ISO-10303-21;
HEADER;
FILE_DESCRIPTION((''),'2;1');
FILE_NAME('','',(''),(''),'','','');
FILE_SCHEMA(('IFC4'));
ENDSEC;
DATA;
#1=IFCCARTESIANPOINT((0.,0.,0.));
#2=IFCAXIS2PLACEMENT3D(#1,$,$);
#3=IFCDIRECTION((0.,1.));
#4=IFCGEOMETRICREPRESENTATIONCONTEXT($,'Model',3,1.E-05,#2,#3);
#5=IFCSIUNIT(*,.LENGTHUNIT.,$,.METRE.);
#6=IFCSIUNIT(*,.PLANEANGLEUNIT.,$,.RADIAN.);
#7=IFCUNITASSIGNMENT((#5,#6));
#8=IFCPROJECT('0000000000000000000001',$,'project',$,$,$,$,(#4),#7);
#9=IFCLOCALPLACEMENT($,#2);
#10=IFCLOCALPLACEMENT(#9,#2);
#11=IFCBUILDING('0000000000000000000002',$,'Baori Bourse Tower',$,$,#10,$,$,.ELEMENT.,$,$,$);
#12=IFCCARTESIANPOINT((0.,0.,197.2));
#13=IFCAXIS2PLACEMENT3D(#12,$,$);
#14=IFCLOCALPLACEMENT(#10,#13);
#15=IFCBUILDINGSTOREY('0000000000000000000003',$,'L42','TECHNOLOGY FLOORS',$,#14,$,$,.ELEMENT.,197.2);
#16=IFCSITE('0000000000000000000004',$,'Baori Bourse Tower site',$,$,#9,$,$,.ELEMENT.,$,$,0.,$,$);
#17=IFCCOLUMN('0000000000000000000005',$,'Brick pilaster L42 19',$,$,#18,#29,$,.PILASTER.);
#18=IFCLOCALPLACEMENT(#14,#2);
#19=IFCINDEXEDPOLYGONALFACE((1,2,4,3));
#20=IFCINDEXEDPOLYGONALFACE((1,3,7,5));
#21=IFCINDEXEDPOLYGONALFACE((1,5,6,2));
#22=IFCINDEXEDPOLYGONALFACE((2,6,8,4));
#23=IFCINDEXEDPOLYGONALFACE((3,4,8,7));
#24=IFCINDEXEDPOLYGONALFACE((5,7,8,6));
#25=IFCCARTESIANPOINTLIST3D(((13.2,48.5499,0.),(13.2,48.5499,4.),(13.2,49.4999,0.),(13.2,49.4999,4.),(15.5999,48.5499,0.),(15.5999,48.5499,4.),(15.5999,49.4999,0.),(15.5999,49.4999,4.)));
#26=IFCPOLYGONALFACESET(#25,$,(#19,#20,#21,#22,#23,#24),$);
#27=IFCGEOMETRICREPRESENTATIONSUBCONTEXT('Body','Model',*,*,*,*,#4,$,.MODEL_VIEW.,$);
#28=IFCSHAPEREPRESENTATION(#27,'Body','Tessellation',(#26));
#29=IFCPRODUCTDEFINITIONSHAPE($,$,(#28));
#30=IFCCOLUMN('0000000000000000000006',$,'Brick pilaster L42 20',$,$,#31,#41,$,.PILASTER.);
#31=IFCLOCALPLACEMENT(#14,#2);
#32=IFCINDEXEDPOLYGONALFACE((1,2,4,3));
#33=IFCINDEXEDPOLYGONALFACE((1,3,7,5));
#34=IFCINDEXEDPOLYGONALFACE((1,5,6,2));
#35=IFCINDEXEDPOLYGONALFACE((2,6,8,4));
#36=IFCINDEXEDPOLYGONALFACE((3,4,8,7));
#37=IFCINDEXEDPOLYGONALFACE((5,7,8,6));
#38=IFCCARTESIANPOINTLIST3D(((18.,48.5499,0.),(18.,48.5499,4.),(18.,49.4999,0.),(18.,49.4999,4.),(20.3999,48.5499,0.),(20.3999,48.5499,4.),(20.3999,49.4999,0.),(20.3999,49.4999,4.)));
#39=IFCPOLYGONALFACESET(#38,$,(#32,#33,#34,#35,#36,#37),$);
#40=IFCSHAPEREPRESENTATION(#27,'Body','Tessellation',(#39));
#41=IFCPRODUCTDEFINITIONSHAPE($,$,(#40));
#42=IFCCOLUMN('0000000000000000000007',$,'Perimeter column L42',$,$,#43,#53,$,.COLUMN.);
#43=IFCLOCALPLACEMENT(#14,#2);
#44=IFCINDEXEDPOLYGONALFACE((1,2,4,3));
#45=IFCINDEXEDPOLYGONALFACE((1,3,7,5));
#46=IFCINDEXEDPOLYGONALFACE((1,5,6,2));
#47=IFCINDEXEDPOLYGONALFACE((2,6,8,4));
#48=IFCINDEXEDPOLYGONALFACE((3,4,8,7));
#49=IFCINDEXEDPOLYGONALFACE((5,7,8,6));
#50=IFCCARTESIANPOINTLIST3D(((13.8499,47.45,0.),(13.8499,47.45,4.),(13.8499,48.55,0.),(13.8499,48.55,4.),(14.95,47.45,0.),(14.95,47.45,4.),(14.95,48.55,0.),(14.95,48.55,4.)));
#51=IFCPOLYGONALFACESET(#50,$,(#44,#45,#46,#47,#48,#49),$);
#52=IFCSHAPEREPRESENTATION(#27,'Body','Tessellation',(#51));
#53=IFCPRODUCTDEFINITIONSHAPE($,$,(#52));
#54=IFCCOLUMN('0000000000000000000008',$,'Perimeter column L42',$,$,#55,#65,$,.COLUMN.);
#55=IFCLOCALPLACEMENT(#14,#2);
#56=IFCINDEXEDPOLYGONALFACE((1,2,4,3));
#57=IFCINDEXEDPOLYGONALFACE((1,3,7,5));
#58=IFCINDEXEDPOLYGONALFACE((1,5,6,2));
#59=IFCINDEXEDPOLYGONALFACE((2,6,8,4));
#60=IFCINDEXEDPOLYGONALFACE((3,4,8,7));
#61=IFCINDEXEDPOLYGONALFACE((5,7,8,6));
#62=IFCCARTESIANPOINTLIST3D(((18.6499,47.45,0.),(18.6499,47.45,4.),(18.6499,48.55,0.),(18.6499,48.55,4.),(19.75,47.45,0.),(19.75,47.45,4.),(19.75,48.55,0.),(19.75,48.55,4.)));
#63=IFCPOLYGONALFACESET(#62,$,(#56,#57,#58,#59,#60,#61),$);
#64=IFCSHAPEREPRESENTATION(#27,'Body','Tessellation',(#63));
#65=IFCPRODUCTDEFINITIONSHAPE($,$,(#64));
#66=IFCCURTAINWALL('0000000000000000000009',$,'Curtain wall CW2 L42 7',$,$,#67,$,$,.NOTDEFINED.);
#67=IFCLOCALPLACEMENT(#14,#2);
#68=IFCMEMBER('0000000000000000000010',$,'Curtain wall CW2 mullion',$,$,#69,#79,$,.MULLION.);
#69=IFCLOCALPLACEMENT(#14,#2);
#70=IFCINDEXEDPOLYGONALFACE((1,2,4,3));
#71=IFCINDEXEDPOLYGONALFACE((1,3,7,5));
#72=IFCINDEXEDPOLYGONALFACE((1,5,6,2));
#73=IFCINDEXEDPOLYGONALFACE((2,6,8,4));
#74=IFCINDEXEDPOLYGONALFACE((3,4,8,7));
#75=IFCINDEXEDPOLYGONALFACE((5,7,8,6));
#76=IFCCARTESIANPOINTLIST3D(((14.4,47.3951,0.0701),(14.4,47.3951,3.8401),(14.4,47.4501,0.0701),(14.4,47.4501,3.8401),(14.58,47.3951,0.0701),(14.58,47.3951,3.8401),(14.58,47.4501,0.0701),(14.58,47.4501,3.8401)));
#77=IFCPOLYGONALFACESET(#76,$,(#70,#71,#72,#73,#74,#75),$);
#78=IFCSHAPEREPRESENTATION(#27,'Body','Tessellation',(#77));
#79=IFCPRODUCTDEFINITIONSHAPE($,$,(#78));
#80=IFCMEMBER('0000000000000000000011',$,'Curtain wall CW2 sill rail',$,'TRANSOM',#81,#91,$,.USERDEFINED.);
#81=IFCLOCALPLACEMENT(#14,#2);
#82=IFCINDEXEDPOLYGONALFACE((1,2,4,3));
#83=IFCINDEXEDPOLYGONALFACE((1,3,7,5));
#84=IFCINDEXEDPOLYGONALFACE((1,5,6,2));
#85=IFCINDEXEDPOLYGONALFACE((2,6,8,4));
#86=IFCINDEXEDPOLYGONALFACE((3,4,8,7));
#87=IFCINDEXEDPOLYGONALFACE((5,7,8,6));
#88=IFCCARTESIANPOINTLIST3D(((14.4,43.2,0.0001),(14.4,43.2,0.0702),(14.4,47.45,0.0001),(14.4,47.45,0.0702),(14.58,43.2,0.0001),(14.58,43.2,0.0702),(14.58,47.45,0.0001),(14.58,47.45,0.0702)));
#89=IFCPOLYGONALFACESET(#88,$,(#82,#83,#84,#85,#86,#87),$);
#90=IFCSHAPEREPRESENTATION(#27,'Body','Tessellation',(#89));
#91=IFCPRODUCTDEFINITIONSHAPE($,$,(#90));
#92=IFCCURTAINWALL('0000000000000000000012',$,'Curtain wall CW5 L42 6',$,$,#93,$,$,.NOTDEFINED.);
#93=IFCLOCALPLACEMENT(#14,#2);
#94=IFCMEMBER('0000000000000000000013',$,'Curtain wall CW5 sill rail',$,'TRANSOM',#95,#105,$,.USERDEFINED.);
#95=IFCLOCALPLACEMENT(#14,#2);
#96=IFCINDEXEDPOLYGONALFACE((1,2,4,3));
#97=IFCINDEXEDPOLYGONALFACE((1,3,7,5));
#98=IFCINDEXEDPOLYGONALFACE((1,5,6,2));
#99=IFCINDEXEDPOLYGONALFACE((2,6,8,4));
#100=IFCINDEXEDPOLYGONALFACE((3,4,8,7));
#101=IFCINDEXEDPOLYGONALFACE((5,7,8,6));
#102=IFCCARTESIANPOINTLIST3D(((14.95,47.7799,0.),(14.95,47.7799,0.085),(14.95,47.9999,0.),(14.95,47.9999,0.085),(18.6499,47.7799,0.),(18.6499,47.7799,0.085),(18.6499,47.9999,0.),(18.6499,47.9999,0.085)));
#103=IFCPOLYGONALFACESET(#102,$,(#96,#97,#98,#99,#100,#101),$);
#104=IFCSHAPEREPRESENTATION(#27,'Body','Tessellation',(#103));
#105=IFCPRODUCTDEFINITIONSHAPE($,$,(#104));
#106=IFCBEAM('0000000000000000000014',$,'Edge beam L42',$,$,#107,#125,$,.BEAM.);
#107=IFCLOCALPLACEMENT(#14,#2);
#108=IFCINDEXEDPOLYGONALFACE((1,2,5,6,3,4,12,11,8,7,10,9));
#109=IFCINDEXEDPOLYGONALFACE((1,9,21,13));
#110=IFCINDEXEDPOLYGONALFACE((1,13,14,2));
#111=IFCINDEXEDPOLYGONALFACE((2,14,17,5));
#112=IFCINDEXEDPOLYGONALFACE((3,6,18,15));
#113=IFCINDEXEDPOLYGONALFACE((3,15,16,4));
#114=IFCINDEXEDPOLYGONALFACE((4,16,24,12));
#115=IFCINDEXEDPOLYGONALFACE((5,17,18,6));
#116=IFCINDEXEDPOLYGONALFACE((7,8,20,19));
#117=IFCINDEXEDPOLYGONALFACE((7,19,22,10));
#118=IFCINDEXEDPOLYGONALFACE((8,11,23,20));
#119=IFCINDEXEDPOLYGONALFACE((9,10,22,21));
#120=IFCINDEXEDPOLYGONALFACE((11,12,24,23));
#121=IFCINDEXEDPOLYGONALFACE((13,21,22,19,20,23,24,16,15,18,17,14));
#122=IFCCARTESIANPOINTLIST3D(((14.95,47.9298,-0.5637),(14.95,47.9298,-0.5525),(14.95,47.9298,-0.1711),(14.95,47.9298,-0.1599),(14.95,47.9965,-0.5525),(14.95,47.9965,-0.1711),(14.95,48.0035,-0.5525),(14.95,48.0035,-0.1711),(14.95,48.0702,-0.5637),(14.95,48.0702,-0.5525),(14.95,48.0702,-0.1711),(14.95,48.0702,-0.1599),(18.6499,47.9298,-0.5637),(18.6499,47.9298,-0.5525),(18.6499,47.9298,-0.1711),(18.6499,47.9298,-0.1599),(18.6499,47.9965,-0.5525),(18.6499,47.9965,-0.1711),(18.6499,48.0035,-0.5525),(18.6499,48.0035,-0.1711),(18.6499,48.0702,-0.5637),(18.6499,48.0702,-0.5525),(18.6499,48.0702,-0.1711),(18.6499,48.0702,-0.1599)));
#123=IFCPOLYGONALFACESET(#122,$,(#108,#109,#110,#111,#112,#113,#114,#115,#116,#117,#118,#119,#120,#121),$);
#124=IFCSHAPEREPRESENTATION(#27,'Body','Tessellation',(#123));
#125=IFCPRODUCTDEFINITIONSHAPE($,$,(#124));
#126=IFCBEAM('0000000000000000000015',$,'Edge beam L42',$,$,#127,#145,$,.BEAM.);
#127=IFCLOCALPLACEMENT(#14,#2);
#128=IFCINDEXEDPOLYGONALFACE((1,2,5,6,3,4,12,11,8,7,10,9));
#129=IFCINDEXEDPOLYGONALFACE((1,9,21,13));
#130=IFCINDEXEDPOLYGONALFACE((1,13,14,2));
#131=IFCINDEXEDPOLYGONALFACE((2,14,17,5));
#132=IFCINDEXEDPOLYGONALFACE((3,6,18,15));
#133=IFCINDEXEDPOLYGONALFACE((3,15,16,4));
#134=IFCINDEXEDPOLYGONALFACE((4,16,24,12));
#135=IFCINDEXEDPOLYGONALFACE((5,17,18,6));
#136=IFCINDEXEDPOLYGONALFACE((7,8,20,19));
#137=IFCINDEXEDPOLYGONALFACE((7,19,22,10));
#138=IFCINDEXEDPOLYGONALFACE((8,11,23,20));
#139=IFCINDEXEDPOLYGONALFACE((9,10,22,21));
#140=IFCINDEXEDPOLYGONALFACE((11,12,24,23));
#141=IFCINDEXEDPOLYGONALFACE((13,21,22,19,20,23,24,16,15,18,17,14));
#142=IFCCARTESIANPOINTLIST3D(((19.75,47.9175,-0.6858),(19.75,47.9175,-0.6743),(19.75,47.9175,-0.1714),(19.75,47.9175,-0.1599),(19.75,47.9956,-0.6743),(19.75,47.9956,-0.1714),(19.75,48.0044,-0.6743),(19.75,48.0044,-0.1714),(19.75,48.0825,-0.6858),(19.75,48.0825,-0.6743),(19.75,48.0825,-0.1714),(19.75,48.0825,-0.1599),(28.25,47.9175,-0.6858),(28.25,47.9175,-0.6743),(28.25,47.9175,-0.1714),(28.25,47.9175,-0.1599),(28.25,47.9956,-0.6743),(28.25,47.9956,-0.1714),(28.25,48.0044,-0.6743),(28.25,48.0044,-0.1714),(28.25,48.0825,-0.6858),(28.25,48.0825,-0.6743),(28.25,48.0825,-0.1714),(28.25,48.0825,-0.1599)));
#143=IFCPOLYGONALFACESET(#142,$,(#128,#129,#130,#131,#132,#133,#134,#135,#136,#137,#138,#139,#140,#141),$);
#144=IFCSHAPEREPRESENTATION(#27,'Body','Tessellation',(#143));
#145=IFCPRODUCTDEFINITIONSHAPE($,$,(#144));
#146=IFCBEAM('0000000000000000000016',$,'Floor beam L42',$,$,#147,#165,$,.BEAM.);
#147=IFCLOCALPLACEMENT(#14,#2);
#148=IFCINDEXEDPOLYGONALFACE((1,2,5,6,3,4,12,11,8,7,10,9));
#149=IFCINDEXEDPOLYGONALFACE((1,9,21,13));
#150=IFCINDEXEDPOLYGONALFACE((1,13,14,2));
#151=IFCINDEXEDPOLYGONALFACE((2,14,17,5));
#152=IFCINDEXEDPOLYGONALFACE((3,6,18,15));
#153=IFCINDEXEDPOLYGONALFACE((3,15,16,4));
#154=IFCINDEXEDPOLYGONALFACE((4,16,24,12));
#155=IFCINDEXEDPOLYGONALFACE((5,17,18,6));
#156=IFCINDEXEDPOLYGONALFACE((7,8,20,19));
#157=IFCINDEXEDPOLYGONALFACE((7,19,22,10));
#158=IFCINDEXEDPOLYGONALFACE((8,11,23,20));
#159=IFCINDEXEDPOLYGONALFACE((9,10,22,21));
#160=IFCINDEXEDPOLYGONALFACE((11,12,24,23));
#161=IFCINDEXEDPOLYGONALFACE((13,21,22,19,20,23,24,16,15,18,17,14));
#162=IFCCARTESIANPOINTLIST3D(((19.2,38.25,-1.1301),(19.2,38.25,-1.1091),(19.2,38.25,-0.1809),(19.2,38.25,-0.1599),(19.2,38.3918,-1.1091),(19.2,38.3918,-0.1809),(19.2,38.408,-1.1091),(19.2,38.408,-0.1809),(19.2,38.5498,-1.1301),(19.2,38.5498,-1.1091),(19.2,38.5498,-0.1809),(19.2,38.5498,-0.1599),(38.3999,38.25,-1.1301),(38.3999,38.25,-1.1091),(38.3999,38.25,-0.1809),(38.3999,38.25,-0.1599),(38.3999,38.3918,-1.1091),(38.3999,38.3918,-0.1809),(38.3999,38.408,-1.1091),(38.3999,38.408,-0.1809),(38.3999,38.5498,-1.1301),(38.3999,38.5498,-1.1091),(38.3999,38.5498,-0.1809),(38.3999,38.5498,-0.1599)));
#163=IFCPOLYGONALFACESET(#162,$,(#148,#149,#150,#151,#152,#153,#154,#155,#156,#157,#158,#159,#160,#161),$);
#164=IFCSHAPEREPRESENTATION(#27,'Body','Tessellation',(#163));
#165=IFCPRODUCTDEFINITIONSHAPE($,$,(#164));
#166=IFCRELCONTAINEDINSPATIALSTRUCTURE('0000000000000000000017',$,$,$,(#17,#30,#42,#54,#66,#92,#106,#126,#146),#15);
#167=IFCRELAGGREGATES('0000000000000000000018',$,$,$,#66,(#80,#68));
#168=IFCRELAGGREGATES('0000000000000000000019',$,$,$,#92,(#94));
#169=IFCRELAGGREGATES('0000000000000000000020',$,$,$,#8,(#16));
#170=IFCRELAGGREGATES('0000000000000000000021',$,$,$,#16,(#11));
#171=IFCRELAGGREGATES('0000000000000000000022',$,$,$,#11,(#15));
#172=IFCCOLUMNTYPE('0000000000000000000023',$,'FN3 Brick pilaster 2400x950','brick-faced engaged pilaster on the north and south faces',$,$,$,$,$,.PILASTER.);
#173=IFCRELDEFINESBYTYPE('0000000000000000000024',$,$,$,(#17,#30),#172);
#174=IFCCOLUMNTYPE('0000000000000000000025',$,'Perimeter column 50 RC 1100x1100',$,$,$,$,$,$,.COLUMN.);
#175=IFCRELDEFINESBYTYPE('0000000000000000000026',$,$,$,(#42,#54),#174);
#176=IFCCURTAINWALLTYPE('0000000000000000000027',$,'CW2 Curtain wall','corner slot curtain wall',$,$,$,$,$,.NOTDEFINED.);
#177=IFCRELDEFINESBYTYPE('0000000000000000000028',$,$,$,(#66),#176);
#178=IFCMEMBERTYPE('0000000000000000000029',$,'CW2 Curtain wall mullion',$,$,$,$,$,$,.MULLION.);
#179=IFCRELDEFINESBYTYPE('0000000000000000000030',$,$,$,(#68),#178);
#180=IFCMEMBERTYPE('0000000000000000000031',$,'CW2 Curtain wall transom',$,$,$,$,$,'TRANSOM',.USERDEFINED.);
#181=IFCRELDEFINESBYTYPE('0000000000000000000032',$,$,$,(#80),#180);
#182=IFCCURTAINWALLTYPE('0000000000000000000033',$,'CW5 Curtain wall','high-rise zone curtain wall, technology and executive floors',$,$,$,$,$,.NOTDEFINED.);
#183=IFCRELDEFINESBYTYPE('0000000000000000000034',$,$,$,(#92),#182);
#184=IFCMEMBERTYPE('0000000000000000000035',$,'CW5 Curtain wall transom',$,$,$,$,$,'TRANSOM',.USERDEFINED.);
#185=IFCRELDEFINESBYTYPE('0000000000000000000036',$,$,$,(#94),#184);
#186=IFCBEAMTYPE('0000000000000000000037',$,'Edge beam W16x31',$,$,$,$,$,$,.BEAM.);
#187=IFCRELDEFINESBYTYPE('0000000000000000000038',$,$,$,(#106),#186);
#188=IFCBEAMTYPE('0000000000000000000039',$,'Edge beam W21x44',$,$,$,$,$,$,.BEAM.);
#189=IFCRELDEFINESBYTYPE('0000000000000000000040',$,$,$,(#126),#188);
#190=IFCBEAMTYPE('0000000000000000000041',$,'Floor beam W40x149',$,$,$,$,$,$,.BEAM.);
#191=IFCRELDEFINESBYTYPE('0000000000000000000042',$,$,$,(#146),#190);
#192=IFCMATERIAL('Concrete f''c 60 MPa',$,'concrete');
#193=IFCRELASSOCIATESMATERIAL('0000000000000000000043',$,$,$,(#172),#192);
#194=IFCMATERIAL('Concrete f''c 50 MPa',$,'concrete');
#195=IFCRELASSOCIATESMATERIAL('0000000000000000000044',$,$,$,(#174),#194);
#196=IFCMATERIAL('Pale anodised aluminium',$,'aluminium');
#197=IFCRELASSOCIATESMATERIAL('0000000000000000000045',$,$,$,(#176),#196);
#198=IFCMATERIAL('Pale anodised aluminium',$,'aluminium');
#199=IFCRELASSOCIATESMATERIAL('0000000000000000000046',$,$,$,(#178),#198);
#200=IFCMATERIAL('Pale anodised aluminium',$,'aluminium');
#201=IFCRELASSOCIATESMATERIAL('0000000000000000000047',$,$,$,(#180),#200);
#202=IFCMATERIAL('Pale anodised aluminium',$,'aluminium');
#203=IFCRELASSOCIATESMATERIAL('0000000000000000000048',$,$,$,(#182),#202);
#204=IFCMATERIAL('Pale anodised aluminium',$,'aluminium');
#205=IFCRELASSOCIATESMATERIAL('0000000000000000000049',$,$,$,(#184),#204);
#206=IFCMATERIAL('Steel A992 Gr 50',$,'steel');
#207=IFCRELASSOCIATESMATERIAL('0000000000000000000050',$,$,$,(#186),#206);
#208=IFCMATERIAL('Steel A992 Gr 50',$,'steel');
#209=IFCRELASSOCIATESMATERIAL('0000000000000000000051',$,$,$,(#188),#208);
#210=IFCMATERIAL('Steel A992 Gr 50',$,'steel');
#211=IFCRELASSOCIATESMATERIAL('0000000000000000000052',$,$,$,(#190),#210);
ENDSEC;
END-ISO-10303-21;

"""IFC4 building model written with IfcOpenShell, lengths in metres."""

from ifc_helpers import new_model, si_unit, direction, frame, origin, origin_2d, place, context, subcontext, project, spatial, rectangle, i_section, extrude, material, material_profile, profile_set, type_object, element, aggregate, save


model = new_model("IFC4")

# Units and contexts
model_context = context("Model", 3, precision=1e-05, world=origin(), true_north=direction((0.0, 1.0)))
body_context = subcontext(model_context, "Body", "Model", "MODEL_VIEW")
ifc_project = project(units=[si_unit("LENGTHUNIT", "METRE"), si_unit("PLANEANGLEUNIT", "RADIAN")], contexts=[model_context])

# Site, building, storey
site_placement = place(None, origin())
site = spatial("IfcSite", under=ifc_project, at=site_placement, Name="Baori Bourse Tower site", CompositionType="ELEMENT", RefElevation=0.0)
building_placement = place(site_placement, origin())
building = spatial("IfcBuilding", under=site, at=building_placement, Name="Baori Bourse Tower", CompositionType="ELEMENT")
storey_placement = place(building_placement, frame((0.0, 0.0, 197.2)))
storey = spatial("IfcBuildingStorey", under=building, at=storey_placement, Name="L42", Description="TECHNOLOGY FLOORS", CompositionType="ELEMENT", Elevation=197.2)

# Columns
ifc_material_1 = material(Name="Concrete f'c 60 MPa", Category="concrete")
ifc_material_profile_1 = material_profile(ifc_material_1, rectangle(XDim=2.3999, YDim=0.95, at=origin_2d()), Name="RC 2400x950")
ifc_profile_set_1 = profile_set([ifc_material_profile_1], Name="Concrete f'c 60 MPa")
column_type_1 = type_object("IfcColumnType", Name="FN3 Brick pilaster 2400x950", Description="brick-faced engaged pilaster on the north and south faces", PredefinedType="PILASTER", material=ifc_profile_set_1)
for number, where, z_axis, x_axis, name in (
    (1, (14.3999, 49.0249, 0.0), (0.0, 0.0, 1.0), (1.0, 0.0, 0.0), "Brick pilaster L42 19"),
    (2, (19.2, 49.0249, 0.0), (0.0, 0.0, 1.0), (1.0, 0.0, 0.0), "Brick pilaster L42 20"),
):
    element("IfcColumn", number, at=place(storey_placement, frame(where, z_axis=z_axis, x_axis=x_axis)), inside=storey, type_object=column_type_1, Name=name, PredefinedType="PILASTER", context=body_context, shape_type="SweptSolid", body=[
        extrude(rectangle(XDim=2.3999, YDim=0.95, at=origin_2d()), origin(), (0.0, 0.0, 1.0), 4.0),
    ])
ifc_material_2 = material(Name="Concrete f'c 50 MPa", Category="concrete")
ifc_material_profile_2 = material_profile(ifc_material_2, rectangle(XDim=1.1001, YDim=1.1001, at=origin_2d()), Name="RC 1100x1100")
ifc_profile_set_2 = profile_set([ifc_material_profile_2], Name="Concrete f'c 50 MPa")
column_type_2 = type_object("IfcColumnType", Name="Perimeter column 50 RC 1100x1100", PredefinedType="COLUMN", material=ifc_profile_set_2)
for number, where, z_axis, x_axis, name in (
    (3, (14.3999, 48.0, 0.0), (0.0, 0.0, 1.0), (1.0, 0.0, 0.0), "Perimeter column L42"),
    (4, (19.2, 48.0, 0.0), (0.0, 0.0, 1.0), (1.0, 0.0, 0.0), "Perimeter column L42"),
):
    element("IfcColumn", number, at=place(storey_placement, frame(where, z_axis=z_axis, x_axis=x_axis)), inside=storey, type_object=column_type_2, Name=name, PredefinedType="COLUMN", context=body_context, shape_type="SweptSolid", body=[
        extrude(rectangle(XDim=1.1001, YDim=1.1001, at=origin_2d()), origin(), (0.0, 0.0, 1.0), 4.0),
    ])

# Curtain wall, members
ifc_material_3 = material(Name="Pale anodised aluminium", Category="aluminium")
curtain_wall_type_1 = type_object("IfcCurtainWallType", Name="CW2 Curtain wall", Description="corner slot curtain wall", PredefinedType="NOTDEFINED", material=ifc_material_3)
curtain_wall_1_placement = place(storey_placement, origin())
curtain_wall_1 = element("IfcCurtainWall", 5, at=curtain_wall_1_placement, inside=storey, type_object=curtain_wall_type_1, Name="Curtain wall CW2 L42 7", PredefinedType="NOTDEFINED")
ifc_material_4 = material(Name="Pale anodised aluminium", Category="aluminium")
ifc_material_profile_3 = material_profile(ifc_material_4, rectangle(XDim=0.1799, YDim=0.0549, at=origin_2d()), Name="Mullion 55x180")
ifc_profile_set_3 = profile_set([ifc_material_profile_3], Name="Pale anodised aluminium")
member_type_1 = type_object("IfcMemberType", Name="CW2 Curtain wall mullion", PredefinedType="MULLION", material=ifc_profile_set_3)
member_1_placement = place(storey_placement, frame((14.49, 47.4226, 0.0701), z_axis=(0.0, 0.0, 1.0), x_axis=(1.0, 0.0, 0.0)))
member_1 = element("IfcMember", 6, at=member_1_placement, type_object=member_type_1, Name="Curtain wall CW2 mullion", PredefinedType="MULLION", context=body_context, shape_type="SweptSolid", body=[
    extrude(rectangle(XDim=0.1799, YDim=0.0549, at=origin_2d()), origin(), (0.0, 0.0, 1.0), 3.77),
])
ifc_material_5 = material(Name="Pale anodised aluminium", Category="aluminium")
ifc_material_profile_4 = material_profile(ifc_material_5, rectangle(XDim=0.1799, YDim=0.0701, at=origin_2d()), Name="Transom 70x180")
ifc_profile_set_4 = profile_set([ifc_material_profile_4], Name="Pale anodised aluminium")
member_type_2 = type_object("IfcMemberType", Name="CW2 Curtain wall transom", ElementType="TRANSOM", PredefinedType="USERDEFINED", material=ifc_profile_set_4)
member_2_placement = place(storey_placement, frame((14.49, 47.45, 0.0352), z_axis=(0.0, -1.0, 0.0), x_axis=(1.0, 0.0, 0.0)))
member_2 = element("IfcMember", 7, at=member_2_placement, type_object=member_type_2, Name="Curtain wall CW2 sill rail", ObjectType="TRANSOM", PredefinedType="USERDEFINED", context=body_context, shape_type="SweptSolid", body=[
    extrude(rectangle(XDim=0.1799, YDim=0.0701, at=origin_2d()), origin(), (0.0, 0.0, 1.0), 4.25),
])

# Curtain wall, member
ifc_material_6 = material(Name="Pale anodised aluminium", Category="aluminium")
curtain_wall_type_2 = type_object("IfcCurtainWallType", Name="CW5 Curtain wall", Description="high-rise zone curtain wall, technology and executive floors", PredefinedType="NOTDEFINED", material=ifc_material_6)
curtain_wall_2_placement = place(storey_placement, origin())
curtain_wall_2 = element("IfcCurtainWall", 8, at=curtain_wall_2_placement, inside=storey, type_object=curtain_wall_type_2, Name="Curtain wall CW5 L42 6", PredefinedType="NOTDEFINED")
ifc_material_7 = material(Name="Pale anodised aluminium", Category="aluminium")
ifc_material_profile_5 = material_profile(ifc_material_7, rectangle(XDim=0.22, YDim=0.085, at=origin_2d()), Name="Transom 85x220")
ifc_profile_set_5 = profile_set([ifc_material_profile_5], Name="Pale anodised aluminium")
member_type_3 = type_object("IfcMemberType", Name="CW5 Curtain wall transom", ElementType="TRANSOM", PredefinedType="USERDEFINED", material=ifc_profile_set_5)
member_3_placement = place(storey_placement, frame((18.6499, 47.8899, 0.0425), z_axis=(-1.0, 0.0, 0.0), x_axis=(0.0, -1.0, 0.0)))
member_3 = element("IfcMember", 9, at=member_3_placement, type_object=member_type_3, Name="Curtain wall CW5 sill rail", ObjectType="TRANSOM", PredefinedType="USERDEFINED", context=body_context, shape_type="SweptSolid", body=[
    extrude(rectangle(XDim=0.22, YDim=0.085, at=origin_2d()), origin(), (0.0, 0.0, 1.0), 3.7),
])

# Beams
ifc_material_8 = material(Name="Steel A992 Gr 50", Category="steel")
ifc_material_profile_6 = material_profile(ifc_material_8, i_section(OverallWidth=0.1404, OverallDepth=0.4038, WebThickness=0.0071, FlangeThickness=0.0112, at=origin_2d()), Name="W16x31")
ifc_profile_set_6 = profile_set([ifc_material_profile_6], Name="Steel A992 Gr 50")
beam_type_1 = type_object("IfcBeamType", Name="Edge beam W16x31", PredefinedType="BEAM", material=ifc_profile_set_6)
beam_1_placement = place(storey_placement, frame((14.95, 48.0, -0.3618), z_axis=(1.0, 0.0, 0.0), x_axis=(0.0, 1.0, 0.0)))
element("IfcBeam", 10, at=beam_1_placement, inside=storey, type_object=beam_type_1, Name="Edge beam L42", PredefinedType="BEAM", context=body_context, shape_type="SweptSolid", body=[
    extrude(i_section(OverallWidth=0.1404, OverallDepth=0.4038, WebThickness=0.0071, FlangeThickness=0.0112, at=origin_2d()), origin(), (0.0, 0.0, 1.0), 3.7),
])
ifc_material_9 = material(Name="Steel A992 Gr 50", Category="steel")
ifc_material_profile_7 = material_profile(ifc_material_9, i_section(OverallWidth=0.165, OverallDepth=0.5259, WebThickness=0.0088, FlangeThickness=0.0115, at=origin_2d()), Name="W21x44")
ifc_profile_set_7 = profile_set([ifc_material_profile_7], Name="Steel A992 Gr 50")
beam_type_2 = type_object("IfcBeamType", Name="Edge beam W21x44", PredefinedType="BEAM", material=ifc_profile_set_7)
beam_2_placement = place(storey_placement, frame((19.75, 48.0, -0.4229), z_axis=(1.0, 0.0, 0.0), x_axis=(0.0, 1.0, 0.0)))
element("IfcBeam", 11, at=beam_2_placement, inside=storey, type_object=beam_type_2, Name="Edge beam L42", PredefinedType="BEAM", context=body_context, shape_type="SweptSolid", body=[
    extrude(i_section(OverallWidth=0.165, OverallDepth=0.5259, WebThickness=0.0088, FlangeThickness=0.0115, at=origin_2d()), origin(), (0.0, 0.0, 1.0), 8.5),
])
ifc_material_10 = material(Name="Steel A992 Gr 50", Category="steel")
ifc_material_profile_8 = material_profile(ifc_material_10, i_section(OverallWidth=0.2998, OverallDepth=0.9702, WebThickness=0.0161, FlangeThickness=0.021, at=origin_2d()), Name="W40x149")
ifc_profile_set_8 = profile_set([ifc_material_profile_8], Name="Steel A992 Gr 50")
beam_type_3 = type_object("IfcBeamType", Name="Floor beam W40x149", PredefinedType="BEAM", material=ifc_profile_set_8)
beam_3_placement = place(storey_placement, frame((19.2, 38.3999, -0.645), z_axis=(1.0, 0.0, 0.0), x_axis=(0.0, 1.0, 0.0)))
element("IfcBeam", 12, at=beam_3_placement, inside=storey, type_object=beam_type_3, Name="Floor beam L42", PredefinedType="BEAM", context=body_context, shape_type="SweptSolid", body=[
    extrude(i_section(OverallWidth=0.2998, OverallDepth=0.9702, WebThickness=0.0161, FlangeThickness=0.021, at=origin_2d()), origin(), (0.0, 0.0, 1.0), 19.2),
])

aggregate(curtain_wall_1, [member_2, member_1])
aggregate(curtain_wall_2, [member_3])

save(model, "model.ifc")
